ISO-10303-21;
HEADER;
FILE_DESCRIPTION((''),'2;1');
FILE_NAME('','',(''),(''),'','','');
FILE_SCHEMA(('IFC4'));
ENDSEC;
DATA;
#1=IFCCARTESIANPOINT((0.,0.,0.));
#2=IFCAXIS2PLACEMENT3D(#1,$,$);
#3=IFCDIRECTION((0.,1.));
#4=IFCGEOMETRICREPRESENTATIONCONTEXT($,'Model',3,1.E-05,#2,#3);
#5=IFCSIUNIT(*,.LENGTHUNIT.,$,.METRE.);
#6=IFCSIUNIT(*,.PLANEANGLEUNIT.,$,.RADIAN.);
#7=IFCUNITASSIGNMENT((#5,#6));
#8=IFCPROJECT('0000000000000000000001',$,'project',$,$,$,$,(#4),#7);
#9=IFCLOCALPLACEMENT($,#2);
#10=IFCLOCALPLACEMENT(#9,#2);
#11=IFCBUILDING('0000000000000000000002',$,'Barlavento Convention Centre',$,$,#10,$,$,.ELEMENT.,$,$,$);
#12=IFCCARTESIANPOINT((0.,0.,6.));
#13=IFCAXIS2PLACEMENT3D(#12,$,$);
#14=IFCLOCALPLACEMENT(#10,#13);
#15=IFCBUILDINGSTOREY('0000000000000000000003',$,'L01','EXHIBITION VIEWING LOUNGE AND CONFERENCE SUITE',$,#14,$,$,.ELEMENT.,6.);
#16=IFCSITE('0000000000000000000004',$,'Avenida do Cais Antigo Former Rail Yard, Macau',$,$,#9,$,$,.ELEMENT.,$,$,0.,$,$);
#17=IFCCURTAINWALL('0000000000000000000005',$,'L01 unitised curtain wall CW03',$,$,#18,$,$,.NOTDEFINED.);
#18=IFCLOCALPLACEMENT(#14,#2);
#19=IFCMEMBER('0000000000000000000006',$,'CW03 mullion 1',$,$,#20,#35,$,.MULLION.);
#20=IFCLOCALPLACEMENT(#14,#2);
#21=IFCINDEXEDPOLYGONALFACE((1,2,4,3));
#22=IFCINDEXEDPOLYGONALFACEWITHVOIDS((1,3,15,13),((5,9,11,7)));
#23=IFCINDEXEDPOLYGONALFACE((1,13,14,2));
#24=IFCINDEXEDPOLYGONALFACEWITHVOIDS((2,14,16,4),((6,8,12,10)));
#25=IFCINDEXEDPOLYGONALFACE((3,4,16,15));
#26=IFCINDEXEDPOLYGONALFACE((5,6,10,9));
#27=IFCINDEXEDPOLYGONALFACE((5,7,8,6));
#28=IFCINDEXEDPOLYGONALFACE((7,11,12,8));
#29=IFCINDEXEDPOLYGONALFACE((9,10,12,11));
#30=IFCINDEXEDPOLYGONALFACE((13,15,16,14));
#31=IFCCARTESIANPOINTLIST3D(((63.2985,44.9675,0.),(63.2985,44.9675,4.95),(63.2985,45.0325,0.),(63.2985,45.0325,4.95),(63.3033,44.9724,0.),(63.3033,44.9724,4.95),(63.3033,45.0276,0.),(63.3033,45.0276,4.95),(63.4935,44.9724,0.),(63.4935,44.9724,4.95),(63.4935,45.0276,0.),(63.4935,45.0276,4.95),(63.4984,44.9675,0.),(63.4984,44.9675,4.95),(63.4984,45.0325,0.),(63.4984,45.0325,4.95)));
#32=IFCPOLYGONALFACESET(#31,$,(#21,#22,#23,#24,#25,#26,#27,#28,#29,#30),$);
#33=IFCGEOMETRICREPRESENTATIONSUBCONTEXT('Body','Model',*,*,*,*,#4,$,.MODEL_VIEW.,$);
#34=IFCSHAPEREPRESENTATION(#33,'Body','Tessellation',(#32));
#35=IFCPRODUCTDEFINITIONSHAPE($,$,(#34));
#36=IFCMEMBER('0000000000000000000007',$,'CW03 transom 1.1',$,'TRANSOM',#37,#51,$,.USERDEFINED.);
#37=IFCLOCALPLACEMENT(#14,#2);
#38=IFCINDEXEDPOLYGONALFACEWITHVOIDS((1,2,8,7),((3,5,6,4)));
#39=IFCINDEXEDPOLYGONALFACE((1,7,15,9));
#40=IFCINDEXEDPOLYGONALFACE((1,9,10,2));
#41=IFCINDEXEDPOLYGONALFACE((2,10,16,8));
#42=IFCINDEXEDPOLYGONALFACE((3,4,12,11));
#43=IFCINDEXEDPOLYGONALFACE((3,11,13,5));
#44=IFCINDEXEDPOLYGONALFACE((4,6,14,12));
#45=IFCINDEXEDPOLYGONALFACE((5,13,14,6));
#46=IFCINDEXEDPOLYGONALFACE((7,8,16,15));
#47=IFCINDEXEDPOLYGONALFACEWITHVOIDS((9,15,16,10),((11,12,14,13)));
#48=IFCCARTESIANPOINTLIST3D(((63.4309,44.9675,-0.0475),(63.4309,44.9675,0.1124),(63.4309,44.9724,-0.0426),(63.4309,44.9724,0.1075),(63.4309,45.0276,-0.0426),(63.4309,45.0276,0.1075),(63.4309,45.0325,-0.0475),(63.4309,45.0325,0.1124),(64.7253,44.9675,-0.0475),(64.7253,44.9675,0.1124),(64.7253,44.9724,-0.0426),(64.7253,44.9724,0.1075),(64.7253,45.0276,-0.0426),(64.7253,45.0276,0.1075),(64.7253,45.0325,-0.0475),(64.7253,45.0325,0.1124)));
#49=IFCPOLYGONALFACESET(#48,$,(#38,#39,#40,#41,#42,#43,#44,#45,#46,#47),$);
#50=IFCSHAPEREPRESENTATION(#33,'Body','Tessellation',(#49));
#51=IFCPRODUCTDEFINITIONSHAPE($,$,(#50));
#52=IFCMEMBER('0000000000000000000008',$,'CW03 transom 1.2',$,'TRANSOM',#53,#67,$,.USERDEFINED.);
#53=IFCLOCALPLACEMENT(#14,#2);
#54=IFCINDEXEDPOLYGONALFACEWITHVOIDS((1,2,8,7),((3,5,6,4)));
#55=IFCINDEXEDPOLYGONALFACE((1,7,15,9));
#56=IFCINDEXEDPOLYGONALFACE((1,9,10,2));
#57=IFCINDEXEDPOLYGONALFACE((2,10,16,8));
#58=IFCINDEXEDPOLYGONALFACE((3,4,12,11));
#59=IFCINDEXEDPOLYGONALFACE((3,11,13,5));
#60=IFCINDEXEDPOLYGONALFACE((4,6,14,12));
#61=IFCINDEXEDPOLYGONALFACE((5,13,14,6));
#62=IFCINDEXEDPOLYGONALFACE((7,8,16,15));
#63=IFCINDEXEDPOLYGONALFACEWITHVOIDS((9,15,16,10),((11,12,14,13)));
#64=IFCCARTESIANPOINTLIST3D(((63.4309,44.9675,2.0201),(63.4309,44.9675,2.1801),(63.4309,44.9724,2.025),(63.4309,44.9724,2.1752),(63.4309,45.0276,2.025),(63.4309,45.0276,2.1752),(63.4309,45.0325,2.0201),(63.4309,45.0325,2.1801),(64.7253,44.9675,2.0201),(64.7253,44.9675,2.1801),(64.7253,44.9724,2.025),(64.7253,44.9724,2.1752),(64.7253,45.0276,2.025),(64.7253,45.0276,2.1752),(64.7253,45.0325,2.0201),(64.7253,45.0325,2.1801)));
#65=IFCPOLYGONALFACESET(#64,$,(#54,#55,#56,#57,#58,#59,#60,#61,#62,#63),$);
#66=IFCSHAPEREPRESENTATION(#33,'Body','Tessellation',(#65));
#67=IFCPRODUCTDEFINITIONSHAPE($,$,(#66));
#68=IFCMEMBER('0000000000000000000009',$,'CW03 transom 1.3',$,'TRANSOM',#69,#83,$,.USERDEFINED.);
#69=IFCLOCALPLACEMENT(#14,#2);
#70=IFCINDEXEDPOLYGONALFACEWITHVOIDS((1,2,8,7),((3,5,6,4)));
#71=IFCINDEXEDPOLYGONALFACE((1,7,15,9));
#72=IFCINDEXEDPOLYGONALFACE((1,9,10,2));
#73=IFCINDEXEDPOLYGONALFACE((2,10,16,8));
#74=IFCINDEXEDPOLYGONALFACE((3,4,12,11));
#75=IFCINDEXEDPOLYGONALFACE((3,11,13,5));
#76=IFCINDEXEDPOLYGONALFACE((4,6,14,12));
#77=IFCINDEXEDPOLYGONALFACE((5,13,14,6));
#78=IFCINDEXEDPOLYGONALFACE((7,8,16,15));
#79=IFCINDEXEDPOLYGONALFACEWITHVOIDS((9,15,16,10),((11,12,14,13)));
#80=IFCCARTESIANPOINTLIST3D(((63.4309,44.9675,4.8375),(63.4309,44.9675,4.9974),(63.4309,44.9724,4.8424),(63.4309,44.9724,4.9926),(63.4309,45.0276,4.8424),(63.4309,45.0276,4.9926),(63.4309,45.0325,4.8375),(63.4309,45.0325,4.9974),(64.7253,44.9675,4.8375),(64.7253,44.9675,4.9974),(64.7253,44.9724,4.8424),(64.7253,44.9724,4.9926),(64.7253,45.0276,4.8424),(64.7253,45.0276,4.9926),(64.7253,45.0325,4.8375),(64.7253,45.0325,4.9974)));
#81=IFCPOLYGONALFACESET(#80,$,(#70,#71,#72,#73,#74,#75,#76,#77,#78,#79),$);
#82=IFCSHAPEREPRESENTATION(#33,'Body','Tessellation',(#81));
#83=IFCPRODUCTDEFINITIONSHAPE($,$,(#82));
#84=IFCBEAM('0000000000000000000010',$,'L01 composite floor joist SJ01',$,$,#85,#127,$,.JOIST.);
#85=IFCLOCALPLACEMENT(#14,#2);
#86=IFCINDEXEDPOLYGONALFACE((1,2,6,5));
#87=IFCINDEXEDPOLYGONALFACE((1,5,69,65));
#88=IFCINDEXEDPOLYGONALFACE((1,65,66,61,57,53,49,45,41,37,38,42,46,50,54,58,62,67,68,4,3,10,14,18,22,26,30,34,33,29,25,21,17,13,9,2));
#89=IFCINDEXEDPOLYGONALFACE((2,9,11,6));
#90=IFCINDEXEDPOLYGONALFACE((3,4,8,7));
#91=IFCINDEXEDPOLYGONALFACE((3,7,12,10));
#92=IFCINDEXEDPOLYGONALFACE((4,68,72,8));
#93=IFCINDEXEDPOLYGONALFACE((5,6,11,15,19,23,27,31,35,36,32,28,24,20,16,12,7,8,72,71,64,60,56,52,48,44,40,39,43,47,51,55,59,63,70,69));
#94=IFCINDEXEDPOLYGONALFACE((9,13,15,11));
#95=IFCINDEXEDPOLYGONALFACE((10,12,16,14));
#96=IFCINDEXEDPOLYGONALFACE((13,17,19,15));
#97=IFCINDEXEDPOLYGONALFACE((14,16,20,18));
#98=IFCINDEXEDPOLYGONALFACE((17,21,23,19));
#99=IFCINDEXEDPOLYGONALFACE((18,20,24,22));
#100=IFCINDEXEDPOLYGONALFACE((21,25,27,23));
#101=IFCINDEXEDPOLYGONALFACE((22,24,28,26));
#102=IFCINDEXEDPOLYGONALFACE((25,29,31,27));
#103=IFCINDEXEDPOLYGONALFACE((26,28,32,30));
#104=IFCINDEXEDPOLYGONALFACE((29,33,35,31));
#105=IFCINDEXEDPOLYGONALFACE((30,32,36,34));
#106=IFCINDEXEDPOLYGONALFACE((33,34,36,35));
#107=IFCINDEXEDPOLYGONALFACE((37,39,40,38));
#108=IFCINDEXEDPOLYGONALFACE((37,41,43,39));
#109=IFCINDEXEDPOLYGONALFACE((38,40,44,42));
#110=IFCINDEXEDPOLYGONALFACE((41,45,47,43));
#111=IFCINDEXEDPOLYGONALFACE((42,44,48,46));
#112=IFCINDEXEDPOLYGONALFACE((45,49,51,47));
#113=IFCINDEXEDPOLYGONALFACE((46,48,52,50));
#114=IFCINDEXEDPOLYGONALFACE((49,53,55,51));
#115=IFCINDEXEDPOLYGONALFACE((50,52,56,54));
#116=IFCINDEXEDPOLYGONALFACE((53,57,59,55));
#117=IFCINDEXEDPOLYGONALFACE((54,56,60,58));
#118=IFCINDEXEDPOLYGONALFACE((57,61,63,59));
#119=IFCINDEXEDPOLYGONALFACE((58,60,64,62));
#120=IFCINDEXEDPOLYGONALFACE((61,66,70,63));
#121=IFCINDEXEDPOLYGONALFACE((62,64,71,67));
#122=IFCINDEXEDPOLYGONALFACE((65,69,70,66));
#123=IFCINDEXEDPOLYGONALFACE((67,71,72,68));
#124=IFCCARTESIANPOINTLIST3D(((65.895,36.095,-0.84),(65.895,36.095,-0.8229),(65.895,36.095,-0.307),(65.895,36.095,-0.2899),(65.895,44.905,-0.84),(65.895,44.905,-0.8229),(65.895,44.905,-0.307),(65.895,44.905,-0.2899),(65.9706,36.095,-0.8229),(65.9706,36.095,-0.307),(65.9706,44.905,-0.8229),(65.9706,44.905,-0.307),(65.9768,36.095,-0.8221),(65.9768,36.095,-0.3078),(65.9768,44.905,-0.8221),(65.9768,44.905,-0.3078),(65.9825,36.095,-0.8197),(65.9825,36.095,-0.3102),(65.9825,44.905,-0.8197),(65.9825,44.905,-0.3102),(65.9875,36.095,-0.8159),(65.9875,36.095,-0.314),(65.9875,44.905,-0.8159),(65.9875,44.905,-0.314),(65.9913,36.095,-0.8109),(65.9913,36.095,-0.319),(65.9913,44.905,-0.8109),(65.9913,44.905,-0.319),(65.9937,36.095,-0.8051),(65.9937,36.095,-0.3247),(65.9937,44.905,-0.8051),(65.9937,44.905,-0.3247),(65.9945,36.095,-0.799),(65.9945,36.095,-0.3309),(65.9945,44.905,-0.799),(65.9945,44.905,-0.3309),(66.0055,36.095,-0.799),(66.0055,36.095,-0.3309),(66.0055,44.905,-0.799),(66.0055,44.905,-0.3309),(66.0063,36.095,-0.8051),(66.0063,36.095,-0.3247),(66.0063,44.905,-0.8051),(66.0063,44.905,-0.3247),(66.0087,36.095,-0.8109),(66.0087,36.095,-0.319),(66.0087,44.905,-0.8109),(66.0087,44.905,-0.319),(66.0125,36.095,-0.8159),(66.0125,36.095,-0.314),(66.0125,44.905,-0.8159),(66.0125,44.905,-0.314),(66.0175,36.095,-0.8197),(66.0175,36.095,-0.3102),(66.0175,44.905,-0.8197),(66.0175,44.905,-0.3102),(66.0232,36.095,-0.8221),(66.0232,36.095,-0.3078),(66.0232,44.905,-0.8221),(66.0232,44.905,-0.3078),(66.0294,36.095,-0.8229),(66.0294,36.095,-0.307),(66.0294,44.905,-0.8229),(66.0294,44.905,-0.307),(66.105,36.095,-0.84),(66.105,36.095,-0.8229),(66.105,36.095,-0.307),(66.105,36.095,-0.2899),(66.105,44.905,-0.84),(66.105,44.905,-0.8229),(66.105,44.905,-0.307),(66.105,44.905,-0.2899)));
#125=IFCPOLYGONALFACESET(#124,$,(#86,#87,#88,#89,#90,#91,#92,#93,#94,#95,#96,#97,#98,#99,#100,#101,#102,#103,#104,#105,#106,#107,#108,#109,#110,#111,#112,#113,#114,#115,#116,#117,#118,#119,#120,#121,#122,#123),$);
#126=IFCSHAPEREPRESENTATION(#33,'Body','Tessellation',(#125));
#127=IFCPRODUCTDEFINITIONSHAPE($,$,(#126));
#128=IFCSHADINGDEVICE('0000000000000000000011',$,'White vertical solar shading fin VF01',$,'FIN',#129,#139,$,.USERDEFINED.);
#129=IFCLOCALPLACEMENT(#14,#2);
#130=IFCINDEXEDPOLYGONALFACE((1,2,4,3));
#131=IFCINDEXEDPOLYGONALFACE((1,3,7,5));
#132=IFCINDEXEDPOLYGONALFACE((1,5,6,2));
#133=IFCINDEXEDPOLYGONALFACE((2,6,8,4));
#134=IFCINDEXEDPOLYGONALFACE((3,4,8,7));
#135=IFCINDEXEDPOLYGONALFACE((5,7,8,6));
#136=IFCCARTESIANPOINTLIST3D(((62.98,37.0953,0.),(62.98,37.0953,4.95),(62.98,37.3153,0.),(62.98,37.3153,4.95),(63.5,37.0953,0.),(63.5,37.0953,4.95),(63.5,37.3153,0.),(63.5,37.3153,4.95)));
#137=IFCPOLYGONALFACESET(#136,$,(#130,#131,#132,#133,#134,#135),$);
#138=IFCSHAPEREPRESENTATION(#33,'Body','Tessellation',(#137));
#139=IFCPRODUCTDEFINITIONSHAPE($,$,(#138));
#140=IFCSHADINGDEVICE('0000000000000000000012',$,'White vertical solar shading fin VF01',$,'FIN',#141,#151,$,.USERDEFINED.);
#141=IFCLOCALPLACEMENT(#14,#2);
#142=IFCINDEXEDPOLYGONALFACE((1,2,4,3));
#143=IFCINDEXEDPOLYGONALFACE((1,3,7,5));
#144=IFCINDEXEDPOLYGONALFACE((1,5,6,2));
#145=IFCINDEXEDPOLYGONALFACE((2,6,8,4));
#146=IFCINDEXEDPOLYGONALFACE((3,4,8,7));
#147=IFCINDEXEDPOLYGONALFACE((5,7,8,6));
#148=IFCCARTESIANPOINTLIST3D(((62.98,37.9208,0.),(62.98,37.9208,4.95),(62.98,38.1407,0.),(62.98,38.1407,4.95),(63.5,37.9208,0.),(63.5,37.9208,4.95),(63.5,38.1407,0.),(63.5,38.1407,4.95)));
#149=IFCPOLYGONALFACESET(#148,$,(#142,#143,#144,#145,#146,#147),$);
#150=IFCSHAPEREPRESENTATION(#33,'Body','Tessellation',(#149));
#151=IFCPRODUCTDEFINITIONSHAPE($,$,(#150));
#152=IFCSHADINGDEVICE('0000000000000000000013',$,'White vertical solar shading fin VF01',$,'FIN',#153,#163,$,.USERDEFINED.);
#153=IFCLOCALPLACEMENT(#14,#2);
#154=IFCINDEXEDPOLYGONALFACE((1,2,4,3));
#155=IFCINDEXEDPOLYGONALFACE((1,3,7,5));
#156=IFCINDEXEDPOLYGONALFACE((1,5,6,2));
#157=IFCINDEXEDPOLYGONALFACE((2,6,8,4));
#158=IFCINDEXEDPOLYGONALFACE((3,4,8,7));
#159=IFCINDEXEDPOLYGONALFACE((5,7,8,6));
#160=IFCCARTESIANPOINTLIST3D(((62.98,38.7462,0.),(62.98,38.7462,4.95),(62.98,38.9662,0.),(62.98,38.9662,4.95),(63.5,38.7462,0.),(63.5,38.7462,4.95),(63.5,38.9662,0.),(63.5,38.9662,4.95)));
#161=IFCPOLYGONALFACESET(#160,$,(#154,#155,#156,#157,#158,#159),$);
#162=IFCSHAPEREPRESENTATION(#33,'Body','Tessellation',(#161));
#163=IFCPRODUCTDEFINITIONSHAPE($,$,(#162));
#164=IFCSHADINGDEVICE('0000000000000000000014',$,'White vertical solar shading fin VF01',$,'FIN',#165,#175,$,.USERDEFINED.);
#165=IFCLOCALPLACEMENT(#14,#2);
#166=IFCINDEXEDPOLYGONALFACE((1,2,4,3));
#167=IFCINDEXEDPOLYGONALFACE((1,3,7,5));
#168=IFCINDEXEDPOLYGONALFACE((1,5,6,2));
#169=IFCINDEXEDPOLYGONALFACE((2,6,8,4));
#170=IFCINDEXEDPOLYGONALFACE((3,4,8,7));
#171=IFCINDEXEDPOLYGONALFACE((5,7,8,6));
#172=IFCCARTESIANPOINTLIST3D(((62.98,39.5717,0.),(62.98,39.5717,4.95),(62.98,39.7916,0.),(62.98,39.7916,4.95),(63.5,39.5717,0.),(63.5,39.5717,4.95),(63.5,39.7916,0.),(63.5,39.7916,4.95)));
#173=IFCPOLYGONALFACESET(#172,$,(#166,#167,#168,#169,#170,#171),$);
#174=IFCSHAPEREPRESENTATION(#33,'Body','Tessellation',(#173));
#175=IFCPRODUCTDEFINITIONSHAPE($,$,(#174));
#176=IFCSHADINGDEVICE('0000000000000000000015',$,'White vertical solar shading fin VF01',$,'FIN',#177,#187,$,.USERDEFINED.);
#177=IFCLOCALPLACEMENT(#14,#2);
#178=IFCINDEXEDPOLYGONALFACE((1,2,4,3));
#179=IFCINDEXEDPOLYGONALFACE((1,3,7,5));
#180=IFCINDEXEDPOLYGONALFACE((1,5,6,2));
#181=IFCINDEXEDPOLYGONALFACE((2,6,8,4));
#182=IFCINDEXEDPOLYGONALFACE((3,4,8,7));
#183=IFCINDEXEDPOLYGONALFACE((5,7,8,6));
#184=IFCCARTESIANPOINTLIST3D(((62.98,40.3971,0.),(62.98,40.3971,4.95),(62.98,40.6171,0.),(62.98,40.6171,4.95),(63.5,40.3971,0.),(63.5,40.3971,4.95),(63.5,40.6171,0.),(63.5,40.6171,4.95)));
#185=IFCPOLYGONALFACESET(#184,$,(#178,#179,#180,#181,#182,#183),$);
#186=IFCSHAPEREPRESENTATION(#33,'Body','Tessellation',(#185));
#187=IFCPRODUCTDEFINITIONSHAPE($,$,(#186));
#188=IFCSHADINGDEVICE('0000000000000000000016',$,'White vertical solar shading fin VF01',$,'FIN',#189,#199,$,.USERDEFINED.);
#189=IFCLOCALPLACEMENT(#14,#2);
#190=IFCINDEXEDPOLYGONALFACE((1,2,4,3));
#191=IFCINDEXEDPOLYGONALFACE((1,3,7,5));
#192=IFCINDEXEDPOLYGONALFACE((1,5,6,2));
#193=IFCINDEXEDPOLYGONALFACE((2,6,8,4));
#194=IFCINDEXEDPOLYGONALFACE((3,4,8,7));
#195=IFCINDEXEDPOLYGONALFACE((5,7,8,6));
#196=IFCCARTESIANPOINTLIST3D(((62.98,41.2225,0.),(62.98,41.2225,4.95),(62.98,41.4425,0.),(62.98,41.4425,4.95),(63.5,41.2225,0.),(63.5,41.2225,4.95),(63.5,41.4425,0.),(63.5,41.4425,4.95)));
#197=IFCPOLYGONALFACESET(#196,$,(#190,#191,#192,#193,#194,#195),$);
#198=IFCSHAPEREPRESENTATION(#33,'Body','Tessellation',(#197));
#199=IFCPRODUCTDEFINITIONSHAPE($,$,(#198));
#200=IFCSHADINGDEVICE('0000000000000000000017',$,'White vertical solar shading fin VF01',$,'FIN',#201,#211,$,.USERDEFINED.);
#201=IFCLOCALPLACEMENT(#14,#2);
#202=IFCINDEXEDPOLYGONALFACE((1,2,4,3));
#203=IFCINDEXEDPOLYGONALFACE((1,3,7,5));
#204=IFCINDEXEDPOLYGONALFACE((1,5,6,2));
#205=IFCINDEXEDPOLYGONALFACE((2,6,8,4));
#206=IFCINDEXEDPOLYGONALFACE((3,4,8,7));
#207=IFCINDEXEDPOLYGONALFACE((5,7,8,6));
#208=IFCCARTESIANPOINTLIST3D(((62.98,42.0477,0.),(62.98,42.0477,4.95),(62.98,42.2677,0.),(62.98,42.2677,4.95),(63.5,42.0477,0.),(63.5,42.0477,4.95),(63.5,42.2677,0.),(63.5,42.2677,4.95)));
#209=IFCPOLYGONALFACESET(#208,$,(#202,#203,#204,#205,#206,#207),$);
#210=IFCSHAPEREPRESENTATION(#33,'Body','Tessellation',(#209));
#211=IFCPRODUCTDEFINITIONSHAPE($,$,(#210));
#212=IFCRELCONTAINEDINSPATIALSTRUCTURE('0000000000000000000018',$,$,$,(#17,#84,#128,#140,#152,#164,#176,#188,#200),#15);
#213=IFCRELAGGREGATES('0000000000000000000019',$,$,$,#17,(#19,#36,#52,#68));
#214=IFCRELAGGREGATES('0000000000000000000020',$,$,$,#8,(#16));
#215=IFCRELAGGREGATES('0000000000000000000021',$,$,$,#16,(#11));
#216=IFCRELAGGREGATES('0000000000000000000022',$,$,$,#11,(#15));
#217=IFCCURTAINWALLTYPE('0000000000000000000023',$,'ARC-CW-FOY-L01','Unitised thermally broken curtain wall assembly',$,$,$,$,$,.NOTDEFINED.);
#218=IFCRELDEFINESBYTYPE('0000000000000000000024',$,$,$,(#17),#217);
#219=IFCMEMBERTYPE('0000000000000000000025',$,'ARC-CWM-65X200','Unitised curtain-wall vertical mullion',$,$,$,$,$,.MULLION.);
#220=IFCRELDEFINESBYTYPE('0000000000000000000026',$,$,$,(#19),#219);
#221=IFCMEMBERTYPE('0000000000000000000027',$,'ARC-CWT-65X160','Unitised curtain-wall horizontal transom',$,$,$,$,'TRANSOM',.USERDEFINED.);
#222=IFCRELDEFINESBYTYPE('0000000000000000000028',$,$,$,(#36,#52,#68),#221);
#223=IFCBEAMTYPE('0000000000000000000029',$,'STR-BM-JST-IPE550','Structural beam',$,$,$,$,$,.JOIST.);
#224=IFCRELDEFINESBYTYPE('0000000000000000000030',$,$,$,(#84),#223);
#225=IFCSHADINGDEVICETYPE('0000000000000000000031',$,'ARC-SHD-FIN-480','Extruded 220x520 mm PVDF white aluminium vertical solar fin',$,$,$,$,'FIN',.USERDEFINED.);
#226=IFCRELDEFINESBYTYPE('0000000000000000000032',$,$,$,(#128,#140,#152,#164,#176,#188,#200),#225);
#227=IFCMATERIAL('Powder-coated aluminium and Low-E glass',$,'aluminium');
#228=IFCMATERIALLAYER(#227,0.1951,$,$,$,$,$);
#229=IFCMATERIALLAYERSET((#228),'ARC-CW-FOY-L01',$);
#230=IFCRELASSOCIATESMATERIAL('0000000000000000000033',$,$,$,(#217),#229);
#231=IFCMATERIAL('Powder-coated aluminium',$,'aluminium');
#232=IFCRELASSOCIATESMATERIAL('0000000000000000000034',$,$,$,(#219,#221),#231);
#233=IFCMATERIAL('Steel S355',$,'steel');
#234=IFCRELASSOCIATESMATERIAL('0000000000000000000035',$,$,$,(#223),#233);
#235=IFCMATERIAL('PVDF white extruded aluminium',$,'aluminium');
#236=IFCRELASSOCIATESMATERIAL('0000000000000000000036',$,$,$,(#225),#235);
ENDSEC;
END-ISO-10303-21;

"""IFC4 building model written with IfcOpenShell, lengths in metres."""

from ifc_helpers import new_model, si_unit, direction, frame, origin, origin_2d, place, context, subcontext, project, spatial, rectangle, hollow_rectangle, i_section, extrude, material, layer, layer_set, material_profile, profile_set, type_object, element, aggregate, save


model = new_model("IFC4")

# Units and contexts
model_context = context("Model", 3, precision=1e-05, world=origin(), true_north=direction((0.0, 1.0)))
body_context = subcontext(model_context, "Body", "Model", "MODEL_VIEW")
ifc_project = project(units=[si_unit("LENGTHUNIT", "METRE"), si_unit("PLANEANGLEUNIT", "RADIAN")], contexts=[model_context])

# Site, building, storey
site_placement = place(None, origin())
site = spatial("IfcSite", under=ifc_project, at=site_placement, Name="Avenida do Cais Antigo Former Rail Yard, Macau", CompositionType="ELEMENT", RefElevation=0.0)
building_placement = place(site_placement, origin())
building = spatial("IfcBuilding", under=site, at=building_placement, Name="Barlavento Convention Centre", CompositionType="ELEMENT")
storey_placement = place(building_placement, frame((0.0, 0.0, 6.0)))
storey = spatial("IfcBuildingStorey", under=building, at=storey_placement, Name="L01", Description="EXHIBITION VIEWING LOUNGE AND CONFERENCE SUITE", CompositionType="ELEMENT", Elevation=6.0)

# Curtain wall, members
ifc_material_1 = material(Name="Powder-coated aluminium and Low-E glass", Category="aluminium")
ifc_layer = layer(ifc_material_1, 0.1951)
ifc_layer_set = layer_set([ifc_layer], Name="ARC-CW-FOY-L01")
curtain_wall_type = type_object("IfcCurtainWallType", Name="ARC-CW-FOY-L01", Description="Unitised thermally broken curtain wall assembly", PredefinedType="NOTDEFINED", material=ifc_layer_set)
curtain_wall_placement = place(storey_placement, origin())
curtain_wall = element("IfcCurtainWall", 1, at=curtain_wall_placement, inside=storey, type_object=curtain_wall_type, Name="L01 unitised curtain wall CW03", PredefinedType="NOTDEFINED")
ifc_material_2 = material(Name="Powder-coated aluminium", Category="aluminium")
ifc_material_profile_1 = material_profile(ifc_material_2, hollow_rectangle(XDim=0.0649, YDim=0.2, WallThickness=0.0049, at=origin_2d()), Name="AL-MULL 65x200x5")
ifc_profile_set_1 = profile_set([ifc_material_profile_1], Name="Powder-coated aluminium")
member_type_1 = type_object("IfcMemberType", Name="ARC-CWM-65X200", Description="Unitised curtain-wall vertical mullion", PredefinedType="MULLION", material=ifc_profile_set_1)
member_1_placement = place(storey_placement, frame((63.3984, 45.0, 0.0), z_axis=(0.0, 0.0, 1.0), x_axis=(0.0, 1.0, 0.0)))
member_1 = element("IfcMember", 2, at=member_1_placement, type_object=member_type_1, Name="CW03 mullion 1", PredefinedType="MULLION", context=body_context, shape_type="SweptSolid", body=[
    extrude(hollow_rectangle(XDim=0.0649, YDim=0.2, WallThickness=0.0049, at=origin_2d()), origin(), (0.0, 0.0, 1.0), 4.95),
])
ifc_material_profile_2 = material_profile(ifc_material_2, hollow_rectangle(XDim=0.0649, YDim=0.1599, WallThickness=0.0049, at=origin_2d()), Name="AL-TRAN 65x160x5")
ifc_profile_set_2 = profile_set([ifc_material_profile_2], Name="Powder-coated aluminium")
member_type_2 = type_object("IfcMemberType", Name="ARC-CWT-65X160", Description="Unitised curtain-wall horizontal transom", ElementType="TRANSOM", PredefinedType="USERDEFINED", material=ifc_profile_set_2)
member_2_placement = place(storey_placement, frame((63.4309, 45.0, 0.0325), z_axis=(1.0, 0.0, 0.0), x_axis=(0.0, 1.0, 0.0)))
member_2 = element("IfcMember", 3, at=member_2_placement, type_object=member_type_2, Name="CW03 transom 1.1", ObjectType="TRANSOM", PredefinedType="USERDEFINED", context=body_context, shape_type="SweptSolid", body=[
    extrude(hollow_rectangle(XDim=0.0649, YDim=0.1599, WallThickness=0.0049, at=origin_2d()), origin(), (0.0, 0.0, 1.0), 1.2944),
])
member_3_placement = place(storey_placement, frame((63.4309, 45.0, 2.1001), z_axis=(1.0, 0.0, 0.0), x_axis=(0.0, 1.0, 0.0)))
member_3 = element("IfcMember", 4, at=member_3_placement, type_object=member_type_2, Name="CW03 transom 1.2", ObjectType="TRANSOM", PredefinedType="USERDEFINED", context=body_context, shape_type="SweptSolid", body=[
    extrude(hollow_rectangle(XDim=0.0649, YDim=0.1599, WallThickness=0.0049, at=origin_2d()), origin(), (0.0, 0.0, 1.0), 1.2944),
])
member_4_placement = place(storey_placement, frame((63.4309, 45.0, 4.9175), z_axis=(1.0, 0.0, 0.0), x_axis=(0.0, 1.0, 0.0)))
member_4 = element("IfcMember", 5, at=member_4_placement, type_object=member_type_2, Name="CW03 transom 1.3", ObjectType="TRANSOM", PredefinedType="USERDEFINED", context=body_context, shape_type="SweptSolid", body=[
    extrude(hollow_rectangle(XDim=0.0649, YDim=0.1599, WallThickness=0.0049, at=origin_2d()), origin(), (0.0, 0.0, 1.0), 1.2944),
])
aggregate(curtain_wall, [member_1, member_2, member_3, member_4])

# Beam
ifc_material_3 = material(Name="Steel S355", Category="steel")
ifc_material_profile_3 = material_profile(ifc_material_3, i_section(OverallWidth=0.21, OverallDepth=0.55, WebThickness=0.011, FlangeThickness=0.0171, FilletRadius=0.0239, at=origin_2d()), Name="IPE 550")
ifc_profile_set_3 = profile_set([ifc_material_profile_3], Name="Steel S355")
beam_type = type_object("IfcBeamType", Name="STR-BM-JST-IPE550", Description="Structural beam", PredefinedType="JOIST", material=ifc_profile_set_3)
beam_placement = place(storey_placement, frame((66.0, 36.095, -0.5649), z_axis=(0.0, 1.0, 0.0), x_axis=(-1.0, 0.0, 0.0)))
element("IfcBeam", 6, at=beam_placement, inside=storey, type_object=beam_type, Name="L01 composite floor joist SJ01", PredefinedType="JOIST", context=body_context, shape_type="SweptSolid", body=[
    extrude(i_section(OverallWidth=0.21, OverallDepth=0.55, WebThickness=0.011, FlangeThickness=0.0171, FilletRadius=0.0239, at=origin_2d()), origin(), (0.0, 0.0, 1.0), 8.8101),
])

# Shading devices
ifc_material_4 = material(Name="PVDF white extruded aluminium", Category="aluminium")
shading_device_type = type_object("IfcShadingDeviceType", Name="ARC-SHD-FIN-480", Description="Extruded 220x520 mm PVDF white aluminium vertical solar fin", ElementType="FIN", PredefinedType="USERDEFINED", material=ifc_material_4)
for number, where, z_axis, x_axis, name in (
    (7, (63.24, 37.2053, 0.0), (0.0, 0.0, 1.0), (0.0, 1.0, 0.0), "White vertical solar shading fin VF01"),
    (8, (63.24, 38.0308, 0.0), (0.0, 0.0, 1.0), (0.0, 1.0, 0.0), "White vertical solar shading fin VF01"),
    (9, (63.24, 38.8562, 0.0), (0.0, 0.0, 1.0), (0.0, 1.0, 0.0), "White vertical solar shading fin VF01"),
    (10, (63.24, 39.6816, 0.0), (0.0, 0.0, 1.0), (0.0, 1.0, 0.0), "White vertical solar shading fin VF01"),
    (11, (63.24, 40.5071, 0.0), (0.0, 0.0, 1.0), (0.0, 1.0, 0.0), "White vertical solar shading fin VF01"),
    (12, (63.24, 41.3325, 0.0), (0.0, 0.0, 1.0), (0.0, 1.0, 0.0), "White vertical solar shading fin VF01"),
    (13, (63.24, 42.1577, 0.0), (0.0, 0.0, 1.0), (0.0, 1.0, 0.0), "White vertical solar shading fin VF01"),
):
    element("IfcShadingDevice", number, at=place(storey_placement, frame(where, z_axis=z_axis, x_axis=x_axis)), inside=storey, type_object=shading_device_type, Name=name, ObjectType="FIN", PredefinedType="USERDEFINED", context=body_context, shape_type="SweptSolid", body=[
        extrude(rectangle(XDim=0.22, YDim=0.52, at=origin_2d()), origin(), (0.0, 0.0, 1.0), 4.95),
    ])

save(model, "model.ifc")
